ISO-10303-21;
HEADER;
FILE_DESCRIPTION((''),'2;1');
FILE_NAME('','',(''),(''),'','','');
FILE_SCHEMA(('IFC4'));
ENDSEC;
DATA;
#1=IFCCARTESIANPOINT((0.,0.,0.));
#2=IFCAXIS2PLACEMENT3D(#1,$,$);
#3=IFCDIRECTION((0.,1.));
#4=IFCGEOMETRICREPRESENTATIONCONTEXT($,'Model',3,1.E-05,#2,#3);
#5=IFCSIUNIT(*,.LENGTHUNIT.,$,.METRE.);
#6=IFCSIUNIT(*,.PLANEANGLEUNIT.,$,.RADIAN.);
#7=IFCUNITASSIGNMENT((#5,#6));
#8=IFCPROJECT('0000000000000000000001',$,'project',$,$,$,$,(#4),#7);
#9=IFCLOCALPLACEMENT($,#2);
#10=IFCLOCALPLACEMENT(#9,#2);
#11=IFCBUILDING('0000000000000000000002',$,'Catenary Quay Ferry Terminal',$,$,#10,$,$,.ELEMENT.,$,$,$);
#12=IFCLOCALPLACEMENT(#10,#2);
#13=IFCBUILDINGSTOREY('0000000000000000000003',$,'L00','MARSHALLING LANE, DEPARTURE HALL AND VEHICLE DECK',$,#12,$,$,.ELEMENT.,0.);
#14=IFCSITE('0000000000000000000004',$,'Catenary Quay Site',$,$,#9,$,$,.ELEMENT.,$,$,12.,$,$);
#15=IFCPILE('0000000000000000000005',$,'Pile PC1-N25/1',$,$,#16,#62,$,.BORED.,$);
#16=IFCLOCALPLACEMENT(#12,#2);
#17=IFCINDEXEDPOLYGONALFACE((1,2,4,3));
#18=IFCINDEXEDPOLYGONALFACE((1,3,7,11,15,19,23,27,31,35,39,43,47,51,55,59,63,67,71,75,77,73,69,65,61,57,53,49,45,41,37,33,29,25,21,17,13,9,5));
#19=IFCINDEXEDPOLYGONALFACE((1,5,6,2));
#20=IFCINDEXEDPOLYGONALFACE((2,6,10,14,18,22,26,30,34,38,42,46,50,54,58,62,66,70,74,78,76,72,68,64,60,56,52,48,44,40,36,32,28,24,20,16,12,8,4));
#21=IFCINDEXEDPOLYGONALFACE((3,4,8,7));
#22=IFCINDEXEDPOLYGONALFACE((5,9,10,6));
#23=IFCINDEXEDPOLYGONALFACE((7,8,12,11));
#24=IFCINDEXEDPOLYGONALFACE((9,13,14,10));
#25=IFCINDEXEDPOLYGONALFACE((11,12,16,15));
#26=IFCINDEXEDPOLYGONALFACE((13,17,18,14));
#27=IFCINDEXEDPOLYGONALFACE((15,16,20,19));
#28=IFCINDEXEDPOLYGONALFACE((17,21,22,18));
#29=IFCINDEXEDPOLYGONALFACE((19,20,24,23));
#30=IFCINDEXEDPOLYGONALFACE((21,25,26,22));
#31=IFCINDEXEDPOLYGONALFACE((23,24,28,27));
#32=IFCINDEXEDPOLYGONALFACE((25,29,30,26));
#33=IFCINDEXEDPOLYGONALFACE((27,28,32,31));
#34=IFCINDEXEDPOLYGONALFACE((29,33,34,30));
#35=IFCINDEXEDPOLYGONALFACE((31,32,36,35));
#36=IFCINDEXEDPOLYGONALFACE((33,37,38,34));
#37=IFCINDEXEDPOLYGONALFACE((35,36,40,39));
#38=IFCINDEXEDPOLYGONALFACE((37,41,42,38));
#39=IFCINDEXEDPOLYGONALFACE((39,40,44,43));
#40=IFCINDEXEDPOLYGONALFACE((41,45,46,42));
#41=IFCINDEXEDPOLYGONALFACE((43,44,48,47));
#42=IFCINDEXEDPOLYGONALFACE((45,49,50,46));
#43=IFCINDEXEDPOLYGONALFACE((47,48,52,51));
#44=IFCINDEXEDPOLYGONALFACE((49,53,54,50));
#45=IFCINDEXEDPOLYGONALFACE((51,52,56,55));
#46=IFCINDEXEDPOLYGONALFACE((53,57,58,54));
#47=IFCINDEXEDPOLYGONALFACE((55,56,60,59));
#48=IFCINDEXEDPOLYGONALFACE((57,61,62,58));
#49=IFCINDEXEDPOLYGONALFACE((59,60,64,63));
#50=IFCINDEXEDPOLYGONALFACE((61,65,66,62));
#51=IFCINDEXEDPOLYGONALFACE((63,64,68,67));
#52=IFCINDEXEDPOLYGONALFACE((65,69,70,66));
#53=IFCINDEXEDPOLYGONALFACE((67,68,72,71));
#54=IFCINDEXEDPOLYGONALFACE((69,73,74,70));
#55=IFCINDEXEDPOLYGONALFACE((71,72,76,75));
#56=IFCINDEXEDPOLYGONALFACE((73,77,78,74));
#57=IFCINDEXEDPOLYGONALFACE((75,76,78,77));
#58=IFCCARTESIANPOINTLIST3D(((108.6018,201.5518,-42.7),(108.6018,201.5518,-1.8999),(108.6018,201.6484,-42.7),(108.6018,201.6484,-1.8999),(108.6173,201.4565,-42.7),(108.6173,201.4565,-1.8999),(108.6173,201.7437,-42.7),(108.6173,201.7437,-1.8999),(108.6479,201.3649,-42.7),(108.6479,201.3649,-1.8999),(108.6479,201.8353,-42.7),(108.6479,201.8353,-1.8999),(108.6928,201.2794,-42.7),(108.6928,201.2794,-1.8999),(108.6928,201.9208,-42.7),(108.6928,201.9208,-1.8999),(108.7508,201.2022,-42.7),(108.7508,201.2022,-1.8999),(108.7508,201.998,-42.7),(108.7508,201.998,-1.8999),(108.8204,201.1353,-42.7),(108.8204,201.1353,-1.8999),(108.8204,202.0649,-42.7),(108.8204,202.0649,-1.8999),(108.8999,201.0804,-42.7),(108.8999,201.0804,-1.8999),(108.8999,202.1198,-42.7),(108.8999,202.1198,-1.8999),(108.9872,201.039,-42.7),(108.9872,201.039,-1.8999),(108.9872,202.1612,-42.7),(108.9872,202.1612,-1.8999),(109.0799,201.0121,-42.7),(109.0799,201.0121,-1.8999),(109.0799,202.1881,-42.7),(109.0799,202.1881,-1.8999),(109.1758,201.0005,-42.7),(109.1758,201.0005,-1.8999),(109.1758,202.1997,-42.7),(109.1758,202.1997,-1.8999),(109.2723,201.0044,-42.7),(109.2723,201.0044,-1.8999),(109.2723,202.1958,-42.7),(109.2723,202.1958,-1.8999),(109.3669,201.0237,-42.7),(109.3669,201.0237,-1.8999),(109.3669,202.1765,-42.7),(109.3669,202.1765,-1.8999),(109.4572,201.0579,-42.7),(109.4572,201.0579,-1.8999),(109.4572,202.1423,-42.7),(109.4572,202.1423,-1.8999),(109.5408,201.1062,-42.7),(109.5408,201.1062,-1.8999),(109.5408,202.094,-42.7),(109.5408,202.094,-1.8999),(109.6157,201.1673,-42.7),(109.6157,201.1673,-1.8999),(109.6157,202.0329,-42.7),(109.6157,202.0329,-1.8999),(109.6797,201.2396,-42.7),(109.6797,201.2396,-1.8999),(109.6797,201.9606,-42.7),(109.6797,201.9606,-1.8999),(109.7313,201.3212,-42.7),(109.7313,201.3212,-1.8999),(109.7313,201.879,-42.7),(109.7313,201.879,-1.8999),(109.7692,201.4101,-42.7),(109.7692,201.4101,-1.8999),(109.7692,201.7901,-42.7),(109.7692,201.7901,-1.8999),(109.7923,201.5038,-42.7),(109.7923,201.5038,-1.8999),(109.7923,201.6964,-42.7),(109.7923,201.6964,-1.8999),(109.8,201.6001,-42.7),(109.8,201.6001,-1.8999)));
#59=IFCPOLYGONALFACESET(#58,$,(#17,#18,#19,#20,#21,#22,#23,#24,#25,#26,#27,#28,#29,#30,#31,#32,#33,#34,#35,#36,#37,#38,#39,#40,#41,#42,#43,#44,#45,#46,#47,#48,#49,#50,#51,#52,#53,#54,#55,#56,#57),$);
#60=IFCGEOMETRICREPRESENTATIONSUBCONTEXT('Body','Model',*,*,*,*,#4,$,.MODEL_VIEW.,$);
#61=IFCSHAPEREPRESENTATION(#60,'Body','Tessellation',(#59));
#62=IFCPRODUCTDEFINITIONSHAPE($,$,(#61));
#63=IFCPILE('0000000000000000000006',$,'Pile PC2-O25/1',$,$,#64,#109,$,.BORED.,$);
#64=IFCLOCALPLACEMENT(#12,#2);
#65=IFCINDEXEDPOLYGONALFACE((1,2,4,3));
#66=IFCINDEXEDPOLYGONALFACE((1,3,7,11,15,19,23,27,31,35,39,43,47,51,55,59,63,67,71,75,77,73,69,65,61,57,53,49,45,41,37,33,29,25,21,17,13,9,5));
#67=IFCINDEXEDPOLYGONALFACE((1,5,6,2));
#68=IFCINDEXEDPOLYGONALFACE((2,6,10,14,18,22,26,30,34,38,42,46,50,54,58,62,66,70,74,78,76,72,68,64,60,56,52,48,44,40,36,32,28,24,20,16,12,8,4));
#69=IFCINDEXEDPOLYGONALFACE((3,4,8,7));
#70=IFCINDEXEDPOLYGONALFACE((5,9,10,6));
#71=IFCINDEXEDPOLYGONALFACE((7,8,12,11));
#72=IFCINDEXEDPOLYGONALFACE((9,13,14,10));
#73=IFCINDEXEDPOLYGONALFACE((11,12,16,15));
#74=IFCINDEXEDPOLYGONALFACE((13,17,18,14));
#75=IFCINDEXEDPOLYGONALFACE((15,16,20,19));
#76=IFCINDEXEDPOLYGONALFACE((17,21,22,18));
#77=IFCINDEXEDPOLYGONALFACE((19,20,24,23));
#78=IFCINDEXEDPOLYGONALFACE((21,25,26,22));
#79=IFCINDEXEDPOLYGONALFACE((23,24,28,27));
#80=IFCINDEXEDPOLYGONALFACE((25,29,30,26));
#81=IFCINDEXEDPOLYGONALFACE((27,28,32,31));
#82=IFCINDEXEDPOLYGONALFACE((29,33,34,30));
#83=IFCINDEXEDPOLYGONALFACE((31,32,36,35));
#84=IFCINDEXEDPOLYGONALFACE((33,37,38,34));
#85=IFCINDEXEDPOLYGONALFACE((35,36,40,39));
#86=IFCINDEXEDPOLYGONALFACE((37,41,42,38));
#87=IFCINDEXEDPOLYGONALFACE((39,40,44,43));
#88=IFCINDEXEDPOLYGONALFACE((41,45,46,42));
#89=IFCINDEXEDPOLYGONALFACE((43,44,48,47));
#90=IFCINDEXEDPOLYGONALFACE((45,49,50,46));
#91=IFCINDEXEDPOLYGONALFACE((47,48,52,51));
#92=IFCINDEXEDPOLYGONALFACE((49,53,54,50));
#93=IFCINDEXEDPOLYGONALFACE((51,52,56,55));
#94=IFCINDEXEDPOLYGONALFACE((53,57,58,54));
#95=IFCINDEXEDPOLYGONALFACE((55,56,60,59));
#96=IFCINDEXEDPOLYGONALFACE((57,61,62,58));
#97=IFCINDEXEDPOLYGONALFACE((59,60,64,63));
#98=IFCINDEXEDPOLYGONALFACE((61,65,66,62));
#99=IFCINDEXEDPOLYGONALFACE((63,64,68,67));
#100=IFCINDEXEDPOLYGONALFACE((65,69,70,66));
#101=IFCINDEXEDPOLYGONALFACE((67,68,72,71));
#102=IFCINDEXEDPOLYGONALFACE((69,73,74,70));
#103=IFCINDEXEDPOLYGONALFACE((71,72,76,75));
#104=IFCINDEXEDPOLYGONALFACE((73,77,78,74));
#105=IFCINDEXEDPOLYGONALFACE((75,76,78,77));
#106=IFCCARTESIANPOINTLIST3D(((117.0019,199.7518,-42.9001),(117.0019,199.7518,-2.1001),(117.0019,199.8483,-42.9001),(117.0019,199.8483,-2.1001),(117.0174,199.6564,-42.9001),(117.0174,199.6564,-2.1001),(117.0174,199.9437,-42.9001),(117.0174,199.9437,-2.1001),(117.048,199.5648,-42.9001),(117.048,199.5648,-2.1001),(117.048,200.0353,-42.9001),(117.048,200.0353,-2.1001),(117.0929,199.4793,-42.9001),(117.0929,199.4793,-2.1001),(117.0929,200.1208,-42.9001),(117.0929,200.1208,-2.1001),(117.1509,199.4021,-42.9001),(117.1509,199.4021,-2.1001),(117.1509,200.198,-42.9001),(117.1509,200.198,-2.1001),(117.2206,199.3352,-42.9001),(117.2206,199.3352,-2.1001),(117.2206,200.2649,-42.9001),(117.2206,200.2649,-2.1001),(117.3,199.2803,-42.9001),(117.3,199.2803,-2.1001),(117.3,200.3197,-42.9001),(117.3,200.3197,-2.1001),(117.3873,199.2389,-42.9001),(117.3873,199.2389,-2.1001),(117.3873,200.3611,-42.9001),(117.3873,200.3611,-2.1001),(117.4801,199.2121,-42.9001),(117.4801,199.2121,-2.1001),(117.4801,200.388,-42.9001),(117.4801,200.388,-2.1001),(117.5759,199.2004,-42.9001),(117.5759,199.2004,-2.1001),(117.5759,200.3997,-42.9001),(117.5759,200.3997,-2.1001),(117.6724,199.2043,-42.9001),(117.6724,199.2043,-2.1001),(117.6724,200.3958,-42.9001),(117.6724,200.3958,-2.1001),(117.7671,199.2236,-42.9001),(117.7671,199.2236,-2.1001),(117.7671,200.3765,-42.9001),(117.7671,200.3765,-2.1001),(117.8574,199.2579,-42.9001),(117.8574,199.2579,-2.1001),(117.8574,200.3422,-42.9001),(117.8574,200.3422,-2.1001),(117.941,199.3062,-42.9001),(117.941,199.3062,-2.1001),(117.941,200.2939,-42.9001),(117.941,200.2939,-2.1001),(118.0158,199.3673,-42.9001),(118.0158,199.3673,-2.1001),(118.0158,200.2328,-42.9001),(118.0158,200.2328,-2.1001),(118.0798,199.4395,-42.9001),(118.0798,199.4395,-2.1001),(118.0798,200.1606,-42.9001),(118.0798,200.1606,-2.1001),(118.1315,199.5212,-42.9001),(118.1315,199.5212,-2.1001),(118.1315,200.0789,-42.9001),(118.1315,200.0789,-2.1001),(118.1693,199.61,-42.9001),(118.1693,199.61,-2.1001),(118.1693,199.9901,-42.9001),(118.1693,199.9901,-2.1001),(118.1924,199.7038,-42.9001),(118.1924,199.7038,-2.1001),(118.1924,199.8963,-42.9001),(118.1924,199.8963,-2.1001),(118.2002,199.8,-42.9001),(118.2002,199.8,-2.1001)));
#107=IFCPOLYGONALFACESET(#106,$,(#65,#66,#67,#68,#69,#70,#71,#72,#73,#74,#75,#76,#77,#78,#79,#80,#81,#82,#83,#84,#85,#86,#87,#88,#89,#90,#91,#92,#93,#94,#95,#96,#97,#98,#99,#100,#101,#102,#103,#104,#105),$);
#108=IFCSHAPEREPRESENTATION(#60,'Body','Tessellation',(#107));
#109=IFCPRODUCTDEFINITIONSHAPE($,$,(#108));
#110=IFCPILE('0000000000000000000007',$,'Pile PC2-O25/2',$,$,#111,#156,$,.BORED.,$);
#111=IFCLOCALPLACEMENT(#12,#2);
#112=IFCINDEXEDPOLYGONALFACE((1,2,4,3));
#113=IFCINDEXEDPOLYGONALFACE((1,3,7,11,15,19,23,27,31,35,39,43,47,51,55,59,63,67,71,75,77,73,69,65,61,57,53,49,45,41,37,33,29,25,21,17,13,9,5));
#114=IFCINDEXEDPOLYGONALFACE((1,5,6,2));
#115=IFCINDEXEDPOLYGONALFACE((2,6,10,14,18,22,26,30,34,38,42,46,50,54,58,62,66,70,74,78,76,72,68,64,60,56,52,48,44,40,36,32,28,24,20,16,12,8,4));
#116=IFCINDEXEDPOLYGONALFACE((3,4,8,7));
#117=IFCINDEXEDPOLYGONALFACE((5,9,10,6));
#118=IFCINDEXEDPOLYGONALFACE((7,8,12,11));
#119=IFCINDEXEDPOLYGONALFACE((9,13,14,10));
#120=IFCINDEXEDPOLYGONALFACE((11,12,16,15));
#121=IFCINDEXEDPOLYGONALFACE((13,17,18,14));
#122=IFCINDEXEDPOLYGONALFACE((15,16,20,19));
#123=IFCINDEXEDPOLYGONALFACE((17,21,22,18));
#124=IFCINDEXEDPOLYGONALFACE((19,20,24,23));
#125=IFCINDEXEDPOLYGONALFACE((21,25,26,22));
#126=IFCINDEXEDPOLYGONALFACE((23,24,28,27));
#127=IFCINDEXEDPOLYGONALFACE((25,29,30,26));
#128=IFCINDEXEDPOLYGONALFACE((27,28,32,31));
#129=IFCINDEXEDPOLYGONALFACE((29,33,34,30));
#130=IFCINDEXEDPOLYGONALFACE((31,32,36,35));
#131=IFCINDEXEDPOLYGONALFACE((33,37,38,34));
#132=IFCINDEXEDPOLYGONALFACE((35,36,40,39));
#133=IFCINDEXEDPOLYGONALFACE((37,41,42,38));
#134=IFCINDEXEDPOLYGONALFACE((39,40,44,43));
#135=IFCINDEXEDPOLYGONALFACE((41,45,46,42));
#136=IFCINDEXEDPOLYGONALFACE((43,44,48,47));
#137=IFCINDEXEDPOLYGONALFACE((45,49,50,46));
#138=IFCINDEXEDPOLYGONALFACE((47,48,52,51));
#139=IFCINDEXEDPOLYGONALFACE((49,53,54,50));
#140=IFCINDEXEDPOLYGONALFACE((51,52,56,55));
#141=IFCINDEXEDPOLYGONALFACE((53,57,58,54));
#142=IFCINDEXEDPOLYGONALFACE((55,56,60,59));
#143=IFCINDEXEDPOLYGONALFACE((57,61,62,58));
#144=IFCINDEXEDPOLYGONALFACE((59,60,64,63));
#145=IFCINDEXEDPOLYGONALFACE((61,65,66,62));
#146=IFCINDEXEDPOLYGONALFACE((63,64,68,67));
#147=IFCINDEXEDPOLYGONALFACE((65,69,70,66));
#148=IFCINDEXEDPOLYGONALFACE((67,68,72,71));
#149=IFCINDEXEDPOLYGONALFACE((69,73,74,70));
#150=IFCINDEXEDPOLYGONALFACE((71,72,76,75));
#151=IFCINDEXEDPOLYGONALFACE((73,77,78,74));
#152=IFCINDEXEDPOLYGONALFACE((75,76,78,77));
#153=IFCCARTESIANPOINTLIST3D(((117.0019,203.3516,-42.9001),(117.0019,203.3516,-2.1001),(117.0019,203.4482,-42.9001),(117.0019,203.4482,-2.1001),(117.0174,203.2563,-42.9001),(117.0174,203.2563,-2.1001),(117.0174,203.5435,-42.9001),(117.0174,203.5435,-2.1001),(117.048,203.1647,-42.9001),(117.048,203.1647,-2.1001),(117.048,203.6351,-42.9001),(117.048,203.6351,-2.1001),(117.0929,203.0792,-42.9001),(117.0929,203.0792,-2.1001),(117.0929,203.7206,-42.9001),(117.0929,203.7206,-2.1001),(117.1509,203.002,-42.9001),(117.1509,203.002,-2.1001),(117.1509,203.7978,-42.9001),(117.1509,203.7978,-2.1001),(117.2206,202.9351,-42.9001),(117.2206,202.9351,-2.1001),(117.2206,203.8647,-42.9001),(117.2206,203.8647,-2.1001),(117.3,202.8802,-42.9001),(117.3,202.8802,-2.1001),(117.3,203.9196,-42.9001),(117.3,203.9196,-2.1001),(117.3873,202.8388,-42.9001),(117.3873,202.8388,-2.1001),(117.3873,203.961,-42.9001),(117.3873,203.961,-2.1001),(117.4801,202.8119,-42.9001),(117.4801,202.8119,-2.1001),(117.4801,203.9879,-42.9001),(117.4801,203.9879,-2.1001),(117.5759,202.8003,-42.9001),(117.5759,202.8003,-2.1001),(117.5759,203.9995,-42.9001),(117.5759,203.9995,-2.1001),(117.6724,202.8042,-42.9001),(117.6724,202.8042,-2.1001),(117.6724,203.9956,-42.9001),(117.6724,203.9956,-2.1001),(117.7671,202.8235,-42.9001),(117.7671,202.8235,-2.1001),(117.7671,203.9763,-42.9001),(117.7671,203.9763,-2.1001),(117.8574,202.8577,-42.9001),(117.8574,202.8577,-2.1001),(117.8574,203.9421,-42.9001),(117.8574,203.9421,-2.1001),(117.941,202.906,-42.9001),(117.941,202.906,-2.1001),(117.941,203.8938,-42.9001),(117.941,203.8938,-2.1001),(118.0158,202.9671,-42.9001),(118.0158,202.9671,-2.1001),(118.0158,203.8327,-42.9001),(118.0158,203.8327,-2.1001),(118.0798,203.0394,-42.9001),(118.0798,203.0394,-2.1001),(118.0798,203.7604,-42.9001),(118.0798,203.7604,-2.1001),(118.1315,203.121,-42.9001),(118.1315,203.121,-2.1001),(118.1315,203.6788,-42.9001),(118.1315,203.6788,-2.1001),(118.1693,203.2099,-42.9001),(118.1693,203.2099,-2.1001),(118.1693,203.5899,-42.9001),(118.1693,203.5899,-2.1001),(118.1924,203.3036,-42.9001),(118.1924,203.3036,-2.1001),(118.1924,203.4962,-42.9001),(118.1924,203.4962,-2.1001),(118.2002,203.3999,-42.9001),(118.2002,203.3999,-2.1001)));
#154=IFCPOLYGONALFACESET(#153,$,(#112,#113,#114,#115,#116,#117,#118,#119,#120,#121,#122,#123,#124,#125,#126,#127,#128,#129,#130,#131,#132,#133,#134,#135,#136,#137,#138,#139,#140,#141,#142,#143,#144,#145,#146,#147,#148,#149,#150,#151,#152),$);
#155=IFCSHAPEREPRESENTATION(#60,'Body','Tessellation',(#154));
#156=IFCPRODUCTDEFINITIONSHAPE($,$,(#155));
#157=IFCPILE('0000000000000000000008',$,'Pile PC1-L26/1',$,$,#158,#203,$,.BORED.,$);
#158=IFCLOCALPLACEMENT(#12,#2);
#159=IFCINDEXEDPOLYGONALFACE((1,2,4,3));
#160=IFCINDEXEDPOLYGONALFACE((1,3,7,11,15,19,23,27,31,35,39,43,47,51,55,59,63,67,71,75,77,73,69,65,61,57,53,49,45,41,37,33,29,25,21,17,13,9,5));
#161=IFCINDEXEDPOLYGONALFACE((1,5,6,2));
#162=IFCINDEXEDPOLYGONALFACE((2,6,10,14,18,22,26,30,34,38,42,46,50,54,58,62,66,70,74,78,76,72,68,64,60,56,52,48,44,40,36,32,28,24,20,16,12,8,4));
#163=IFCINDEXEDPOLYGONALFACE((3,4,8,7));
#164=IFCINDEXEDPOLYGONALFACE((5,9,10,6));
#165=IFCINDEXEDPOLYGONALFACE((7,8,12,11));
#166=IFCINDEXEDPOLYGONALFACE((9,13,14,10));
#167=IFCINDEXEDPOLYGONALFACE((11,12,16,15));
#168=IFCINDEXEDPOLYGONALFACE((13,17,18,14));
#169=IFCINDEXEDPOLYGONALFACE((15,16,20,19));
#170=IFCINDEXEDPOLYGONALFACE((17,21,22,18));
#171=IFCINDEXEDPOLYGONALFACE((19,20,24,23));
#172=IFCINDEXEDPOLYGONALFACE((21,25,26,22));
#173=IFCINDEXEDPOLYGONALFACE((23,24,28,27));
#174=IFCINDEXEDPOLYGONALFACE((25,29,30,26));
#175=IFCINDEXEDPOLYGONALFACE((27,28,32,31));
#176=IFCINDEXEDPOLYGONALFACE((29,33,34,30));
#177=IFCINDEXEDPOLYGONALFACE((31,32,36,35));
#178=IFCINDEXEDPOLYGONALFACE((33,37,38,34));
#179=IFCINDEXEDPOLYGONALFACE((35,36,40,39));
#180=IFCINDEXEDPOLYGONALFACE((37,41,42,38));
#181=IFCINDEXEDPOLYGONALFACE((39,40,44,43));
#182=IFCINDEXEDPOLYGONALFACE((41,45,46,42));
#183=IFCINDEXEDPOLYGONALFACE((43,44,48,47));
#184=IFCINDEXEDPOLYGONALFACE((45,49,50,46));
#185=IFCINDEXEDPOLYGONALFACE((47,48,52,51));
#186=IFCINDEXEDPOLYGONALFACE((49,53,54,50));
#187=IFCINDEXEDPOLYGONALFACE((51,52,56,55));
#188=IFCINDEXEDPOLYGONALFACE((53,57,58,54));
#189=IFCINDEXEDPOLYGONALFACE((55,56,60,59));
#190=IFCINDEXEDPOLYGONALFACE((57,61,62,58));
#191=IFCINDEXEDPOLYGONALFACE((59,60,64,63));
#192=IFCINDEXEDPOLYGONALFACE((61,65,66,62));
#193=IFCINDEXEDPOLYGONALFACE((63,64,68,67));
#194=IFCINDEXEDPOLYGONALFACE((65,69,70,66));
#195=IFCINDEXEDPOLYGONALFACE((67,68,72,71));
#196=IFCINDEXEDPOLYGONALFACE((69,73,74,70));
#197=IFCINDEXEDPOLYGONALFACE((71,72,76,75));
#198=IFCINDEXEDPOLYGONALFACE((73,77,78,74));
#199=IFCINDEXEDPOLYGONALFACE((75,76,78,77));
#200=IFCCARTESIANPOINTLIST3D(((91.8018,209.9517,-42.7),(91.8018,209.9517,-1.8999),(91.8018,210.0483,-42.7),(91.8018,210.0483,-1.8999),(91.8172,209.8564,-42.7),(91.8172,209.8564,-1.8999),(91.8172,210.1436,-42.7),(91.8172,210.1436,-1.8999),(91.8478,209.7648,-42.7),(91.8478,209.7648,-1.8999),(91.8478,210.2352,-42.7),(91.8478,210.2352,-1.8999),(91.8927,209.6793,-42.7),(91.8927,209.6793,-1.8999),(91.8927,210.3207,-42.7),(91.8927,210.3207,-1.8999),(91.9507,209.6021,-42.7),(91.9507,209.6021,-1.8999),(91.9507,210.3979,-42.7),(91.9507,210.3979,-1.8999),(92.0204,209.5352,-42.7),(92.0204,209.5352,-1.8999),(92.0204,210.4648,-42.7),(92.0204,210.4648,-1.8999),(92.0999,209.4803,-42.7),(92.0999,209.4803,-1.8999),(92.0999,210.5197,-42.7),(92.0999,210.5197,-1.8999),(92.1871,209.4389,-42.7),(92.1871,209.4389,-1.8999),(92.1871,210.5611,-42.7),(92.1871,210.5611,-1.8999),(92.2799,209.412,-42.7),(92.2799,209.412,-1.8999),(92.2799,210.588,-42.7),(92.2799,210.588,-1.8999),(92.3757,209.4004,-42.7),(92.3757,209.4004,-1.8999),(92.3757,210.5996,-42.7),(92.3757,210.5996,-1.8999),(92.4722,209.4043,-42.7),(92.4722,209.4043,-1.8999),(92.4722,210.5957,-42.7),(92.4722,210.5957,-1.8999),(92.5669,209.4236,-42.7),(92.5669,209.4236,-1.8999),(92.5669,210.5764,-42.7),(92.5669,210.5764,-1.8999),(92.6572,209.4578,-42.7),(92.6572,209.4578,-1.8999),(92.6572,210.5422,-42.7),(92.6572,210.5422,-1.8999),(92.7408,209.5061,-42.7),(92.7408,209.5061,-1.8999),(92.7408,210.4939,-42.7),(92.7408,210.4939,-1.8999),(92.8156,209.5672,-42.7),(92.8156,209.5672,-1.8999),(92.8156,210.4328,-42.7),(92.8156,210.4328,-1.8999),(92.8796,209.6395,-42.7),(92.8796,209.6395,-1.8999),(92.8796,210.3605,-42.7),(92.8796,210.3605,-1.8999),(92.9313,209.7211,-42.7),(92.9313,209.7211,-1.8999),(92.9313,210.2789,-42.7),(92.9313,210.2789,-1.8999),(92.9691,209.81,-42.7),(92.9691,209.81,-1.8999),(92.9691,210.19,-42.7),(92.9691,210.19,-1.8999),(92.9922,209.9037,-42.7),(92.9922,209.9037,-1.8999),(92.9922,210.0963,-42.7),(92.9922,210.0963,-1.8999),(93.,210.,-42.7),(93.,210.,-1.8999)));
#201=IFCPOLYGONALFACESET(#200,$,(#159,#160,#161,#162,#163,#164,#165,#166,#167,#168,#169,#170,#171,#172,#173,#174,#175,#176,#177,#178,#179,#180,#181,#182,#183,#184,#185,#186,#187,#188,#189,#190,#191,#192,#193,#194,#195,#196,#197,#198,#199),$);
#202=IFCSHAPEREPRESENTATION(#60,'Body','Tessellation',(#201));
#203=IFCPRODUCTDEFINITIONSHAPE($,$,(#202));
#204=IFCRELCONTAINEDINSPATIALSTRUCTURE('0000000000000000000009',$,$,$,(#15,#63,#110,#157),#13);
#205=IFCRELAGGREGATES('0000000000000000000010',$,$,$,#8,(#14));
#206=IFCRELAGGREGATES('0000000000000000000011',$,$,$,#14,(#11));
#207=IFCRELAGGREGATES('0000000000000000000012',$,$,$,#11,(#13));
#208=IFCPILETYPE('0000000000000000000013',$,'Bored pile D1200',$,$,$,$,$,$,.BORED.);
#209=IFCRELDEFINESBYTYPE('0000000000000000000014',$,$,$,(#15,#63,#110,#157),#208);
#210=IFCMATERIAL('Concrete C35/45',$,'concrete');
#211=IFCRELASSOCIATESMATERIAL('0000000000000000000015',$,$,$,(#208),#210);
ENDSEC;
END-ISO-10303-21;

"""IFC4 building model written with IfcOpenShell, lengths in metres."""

from ifc_helpers import new_model, si_unit, direction, frame, origin, origin_2d, place, context, subcontext, project, spatial, circle, extrude, material, material_profile, profile_set, type_object, element, save


model = new_model("IFC4")

# Units and contexts
model_context = context("Model", 3, precision=1e-05, world=origin(), true_north=direction((0.0, 1.0)))
body_context = subcontext(model_context, "Body", "Model", "MODEL_VIEW")
ifc_project = project(units=[si_unit("LENGTHUNIT", "METRE"), si_unit("PLANEANGLEUNIT", "RADIAN")], contexts=[model_context])

# Site, building, storey
site_placement = place(None, origin())
site = spatial("IfcSite", under=ifc_project, at=site_placement, Name="Catenary Quay Site", CompositionType="ELEMENT", RefElevation=12.0)
building_placement = place(site_placement, origin())
building = spatial("IfcBuilding", under=site, at=building_placement, Name="Catenary Quay Ferry Terminal", CompositionType="ELEMENT")
storey_placement = place(building_placement, origin())
storey = spatial("IfcBuildingStorey", under=building, at=storey_placement, Name="L00", Description="MARSHALLING LANE, DEPARTURE HALL AND VEHICLE DECK", CompositionType="ELEMENT", Elevation=0.0)

# Piles
ifc_material_1 = material(Name="Concrete C35/45", Category="concrete")
ifc_material_profile = material_profile(ifc_material_1, circle(Radius=0.6001, at=origin_2d()), Name="D1200")
ifc_profile_set = profile_set([ifc_material_profile], Name="Concrete C35/45")
pile_type = type_object("IfcPileType", Name="Bored pile D1200", PredefinedType="BORED", material=ifc_profile_set)
for number, where, z_axis, x_axis, name in (
    (1, (109.2, 201.6001, -1.8999), (0.0, 0.0, -1.0), (1.0, 0.0, 0.0), "Pile PC1-N25/1"),
    (2, (117.6001, 199.8, -2.1001), (0.0, 0.0, -1.0), (1.0, 0.0, 0.0), "Pile PC2-O25/1"),
    (3, (117.6001, 203.3999, -2.1001), (0.0, 0.0, -1.0), (1.0, 0.0, 0.0), "Pile PC2-O25/2"),
    (4, (92.3999, 210.0, -1.8999), (0.0, 0.0, -1.0), (1.0, 0.0, 0.0), "Pile PC1-L26/1"),
):
    element("IfcPile", number, at=place(storey_placement, frame(where, z_axis=z_axis, x_axis=x_axis)), inside=storey, type_object=pile_type, Name=name, PredefinedType="BORED", context=body_context, shape_type="SweptSolid", body=[
        extrude(circle(Radius=0.6001, at=origin_2d()), origin(), (0.0, 0.0, 1.0), 40.8),
    ])

save(model, "model.ifc")
